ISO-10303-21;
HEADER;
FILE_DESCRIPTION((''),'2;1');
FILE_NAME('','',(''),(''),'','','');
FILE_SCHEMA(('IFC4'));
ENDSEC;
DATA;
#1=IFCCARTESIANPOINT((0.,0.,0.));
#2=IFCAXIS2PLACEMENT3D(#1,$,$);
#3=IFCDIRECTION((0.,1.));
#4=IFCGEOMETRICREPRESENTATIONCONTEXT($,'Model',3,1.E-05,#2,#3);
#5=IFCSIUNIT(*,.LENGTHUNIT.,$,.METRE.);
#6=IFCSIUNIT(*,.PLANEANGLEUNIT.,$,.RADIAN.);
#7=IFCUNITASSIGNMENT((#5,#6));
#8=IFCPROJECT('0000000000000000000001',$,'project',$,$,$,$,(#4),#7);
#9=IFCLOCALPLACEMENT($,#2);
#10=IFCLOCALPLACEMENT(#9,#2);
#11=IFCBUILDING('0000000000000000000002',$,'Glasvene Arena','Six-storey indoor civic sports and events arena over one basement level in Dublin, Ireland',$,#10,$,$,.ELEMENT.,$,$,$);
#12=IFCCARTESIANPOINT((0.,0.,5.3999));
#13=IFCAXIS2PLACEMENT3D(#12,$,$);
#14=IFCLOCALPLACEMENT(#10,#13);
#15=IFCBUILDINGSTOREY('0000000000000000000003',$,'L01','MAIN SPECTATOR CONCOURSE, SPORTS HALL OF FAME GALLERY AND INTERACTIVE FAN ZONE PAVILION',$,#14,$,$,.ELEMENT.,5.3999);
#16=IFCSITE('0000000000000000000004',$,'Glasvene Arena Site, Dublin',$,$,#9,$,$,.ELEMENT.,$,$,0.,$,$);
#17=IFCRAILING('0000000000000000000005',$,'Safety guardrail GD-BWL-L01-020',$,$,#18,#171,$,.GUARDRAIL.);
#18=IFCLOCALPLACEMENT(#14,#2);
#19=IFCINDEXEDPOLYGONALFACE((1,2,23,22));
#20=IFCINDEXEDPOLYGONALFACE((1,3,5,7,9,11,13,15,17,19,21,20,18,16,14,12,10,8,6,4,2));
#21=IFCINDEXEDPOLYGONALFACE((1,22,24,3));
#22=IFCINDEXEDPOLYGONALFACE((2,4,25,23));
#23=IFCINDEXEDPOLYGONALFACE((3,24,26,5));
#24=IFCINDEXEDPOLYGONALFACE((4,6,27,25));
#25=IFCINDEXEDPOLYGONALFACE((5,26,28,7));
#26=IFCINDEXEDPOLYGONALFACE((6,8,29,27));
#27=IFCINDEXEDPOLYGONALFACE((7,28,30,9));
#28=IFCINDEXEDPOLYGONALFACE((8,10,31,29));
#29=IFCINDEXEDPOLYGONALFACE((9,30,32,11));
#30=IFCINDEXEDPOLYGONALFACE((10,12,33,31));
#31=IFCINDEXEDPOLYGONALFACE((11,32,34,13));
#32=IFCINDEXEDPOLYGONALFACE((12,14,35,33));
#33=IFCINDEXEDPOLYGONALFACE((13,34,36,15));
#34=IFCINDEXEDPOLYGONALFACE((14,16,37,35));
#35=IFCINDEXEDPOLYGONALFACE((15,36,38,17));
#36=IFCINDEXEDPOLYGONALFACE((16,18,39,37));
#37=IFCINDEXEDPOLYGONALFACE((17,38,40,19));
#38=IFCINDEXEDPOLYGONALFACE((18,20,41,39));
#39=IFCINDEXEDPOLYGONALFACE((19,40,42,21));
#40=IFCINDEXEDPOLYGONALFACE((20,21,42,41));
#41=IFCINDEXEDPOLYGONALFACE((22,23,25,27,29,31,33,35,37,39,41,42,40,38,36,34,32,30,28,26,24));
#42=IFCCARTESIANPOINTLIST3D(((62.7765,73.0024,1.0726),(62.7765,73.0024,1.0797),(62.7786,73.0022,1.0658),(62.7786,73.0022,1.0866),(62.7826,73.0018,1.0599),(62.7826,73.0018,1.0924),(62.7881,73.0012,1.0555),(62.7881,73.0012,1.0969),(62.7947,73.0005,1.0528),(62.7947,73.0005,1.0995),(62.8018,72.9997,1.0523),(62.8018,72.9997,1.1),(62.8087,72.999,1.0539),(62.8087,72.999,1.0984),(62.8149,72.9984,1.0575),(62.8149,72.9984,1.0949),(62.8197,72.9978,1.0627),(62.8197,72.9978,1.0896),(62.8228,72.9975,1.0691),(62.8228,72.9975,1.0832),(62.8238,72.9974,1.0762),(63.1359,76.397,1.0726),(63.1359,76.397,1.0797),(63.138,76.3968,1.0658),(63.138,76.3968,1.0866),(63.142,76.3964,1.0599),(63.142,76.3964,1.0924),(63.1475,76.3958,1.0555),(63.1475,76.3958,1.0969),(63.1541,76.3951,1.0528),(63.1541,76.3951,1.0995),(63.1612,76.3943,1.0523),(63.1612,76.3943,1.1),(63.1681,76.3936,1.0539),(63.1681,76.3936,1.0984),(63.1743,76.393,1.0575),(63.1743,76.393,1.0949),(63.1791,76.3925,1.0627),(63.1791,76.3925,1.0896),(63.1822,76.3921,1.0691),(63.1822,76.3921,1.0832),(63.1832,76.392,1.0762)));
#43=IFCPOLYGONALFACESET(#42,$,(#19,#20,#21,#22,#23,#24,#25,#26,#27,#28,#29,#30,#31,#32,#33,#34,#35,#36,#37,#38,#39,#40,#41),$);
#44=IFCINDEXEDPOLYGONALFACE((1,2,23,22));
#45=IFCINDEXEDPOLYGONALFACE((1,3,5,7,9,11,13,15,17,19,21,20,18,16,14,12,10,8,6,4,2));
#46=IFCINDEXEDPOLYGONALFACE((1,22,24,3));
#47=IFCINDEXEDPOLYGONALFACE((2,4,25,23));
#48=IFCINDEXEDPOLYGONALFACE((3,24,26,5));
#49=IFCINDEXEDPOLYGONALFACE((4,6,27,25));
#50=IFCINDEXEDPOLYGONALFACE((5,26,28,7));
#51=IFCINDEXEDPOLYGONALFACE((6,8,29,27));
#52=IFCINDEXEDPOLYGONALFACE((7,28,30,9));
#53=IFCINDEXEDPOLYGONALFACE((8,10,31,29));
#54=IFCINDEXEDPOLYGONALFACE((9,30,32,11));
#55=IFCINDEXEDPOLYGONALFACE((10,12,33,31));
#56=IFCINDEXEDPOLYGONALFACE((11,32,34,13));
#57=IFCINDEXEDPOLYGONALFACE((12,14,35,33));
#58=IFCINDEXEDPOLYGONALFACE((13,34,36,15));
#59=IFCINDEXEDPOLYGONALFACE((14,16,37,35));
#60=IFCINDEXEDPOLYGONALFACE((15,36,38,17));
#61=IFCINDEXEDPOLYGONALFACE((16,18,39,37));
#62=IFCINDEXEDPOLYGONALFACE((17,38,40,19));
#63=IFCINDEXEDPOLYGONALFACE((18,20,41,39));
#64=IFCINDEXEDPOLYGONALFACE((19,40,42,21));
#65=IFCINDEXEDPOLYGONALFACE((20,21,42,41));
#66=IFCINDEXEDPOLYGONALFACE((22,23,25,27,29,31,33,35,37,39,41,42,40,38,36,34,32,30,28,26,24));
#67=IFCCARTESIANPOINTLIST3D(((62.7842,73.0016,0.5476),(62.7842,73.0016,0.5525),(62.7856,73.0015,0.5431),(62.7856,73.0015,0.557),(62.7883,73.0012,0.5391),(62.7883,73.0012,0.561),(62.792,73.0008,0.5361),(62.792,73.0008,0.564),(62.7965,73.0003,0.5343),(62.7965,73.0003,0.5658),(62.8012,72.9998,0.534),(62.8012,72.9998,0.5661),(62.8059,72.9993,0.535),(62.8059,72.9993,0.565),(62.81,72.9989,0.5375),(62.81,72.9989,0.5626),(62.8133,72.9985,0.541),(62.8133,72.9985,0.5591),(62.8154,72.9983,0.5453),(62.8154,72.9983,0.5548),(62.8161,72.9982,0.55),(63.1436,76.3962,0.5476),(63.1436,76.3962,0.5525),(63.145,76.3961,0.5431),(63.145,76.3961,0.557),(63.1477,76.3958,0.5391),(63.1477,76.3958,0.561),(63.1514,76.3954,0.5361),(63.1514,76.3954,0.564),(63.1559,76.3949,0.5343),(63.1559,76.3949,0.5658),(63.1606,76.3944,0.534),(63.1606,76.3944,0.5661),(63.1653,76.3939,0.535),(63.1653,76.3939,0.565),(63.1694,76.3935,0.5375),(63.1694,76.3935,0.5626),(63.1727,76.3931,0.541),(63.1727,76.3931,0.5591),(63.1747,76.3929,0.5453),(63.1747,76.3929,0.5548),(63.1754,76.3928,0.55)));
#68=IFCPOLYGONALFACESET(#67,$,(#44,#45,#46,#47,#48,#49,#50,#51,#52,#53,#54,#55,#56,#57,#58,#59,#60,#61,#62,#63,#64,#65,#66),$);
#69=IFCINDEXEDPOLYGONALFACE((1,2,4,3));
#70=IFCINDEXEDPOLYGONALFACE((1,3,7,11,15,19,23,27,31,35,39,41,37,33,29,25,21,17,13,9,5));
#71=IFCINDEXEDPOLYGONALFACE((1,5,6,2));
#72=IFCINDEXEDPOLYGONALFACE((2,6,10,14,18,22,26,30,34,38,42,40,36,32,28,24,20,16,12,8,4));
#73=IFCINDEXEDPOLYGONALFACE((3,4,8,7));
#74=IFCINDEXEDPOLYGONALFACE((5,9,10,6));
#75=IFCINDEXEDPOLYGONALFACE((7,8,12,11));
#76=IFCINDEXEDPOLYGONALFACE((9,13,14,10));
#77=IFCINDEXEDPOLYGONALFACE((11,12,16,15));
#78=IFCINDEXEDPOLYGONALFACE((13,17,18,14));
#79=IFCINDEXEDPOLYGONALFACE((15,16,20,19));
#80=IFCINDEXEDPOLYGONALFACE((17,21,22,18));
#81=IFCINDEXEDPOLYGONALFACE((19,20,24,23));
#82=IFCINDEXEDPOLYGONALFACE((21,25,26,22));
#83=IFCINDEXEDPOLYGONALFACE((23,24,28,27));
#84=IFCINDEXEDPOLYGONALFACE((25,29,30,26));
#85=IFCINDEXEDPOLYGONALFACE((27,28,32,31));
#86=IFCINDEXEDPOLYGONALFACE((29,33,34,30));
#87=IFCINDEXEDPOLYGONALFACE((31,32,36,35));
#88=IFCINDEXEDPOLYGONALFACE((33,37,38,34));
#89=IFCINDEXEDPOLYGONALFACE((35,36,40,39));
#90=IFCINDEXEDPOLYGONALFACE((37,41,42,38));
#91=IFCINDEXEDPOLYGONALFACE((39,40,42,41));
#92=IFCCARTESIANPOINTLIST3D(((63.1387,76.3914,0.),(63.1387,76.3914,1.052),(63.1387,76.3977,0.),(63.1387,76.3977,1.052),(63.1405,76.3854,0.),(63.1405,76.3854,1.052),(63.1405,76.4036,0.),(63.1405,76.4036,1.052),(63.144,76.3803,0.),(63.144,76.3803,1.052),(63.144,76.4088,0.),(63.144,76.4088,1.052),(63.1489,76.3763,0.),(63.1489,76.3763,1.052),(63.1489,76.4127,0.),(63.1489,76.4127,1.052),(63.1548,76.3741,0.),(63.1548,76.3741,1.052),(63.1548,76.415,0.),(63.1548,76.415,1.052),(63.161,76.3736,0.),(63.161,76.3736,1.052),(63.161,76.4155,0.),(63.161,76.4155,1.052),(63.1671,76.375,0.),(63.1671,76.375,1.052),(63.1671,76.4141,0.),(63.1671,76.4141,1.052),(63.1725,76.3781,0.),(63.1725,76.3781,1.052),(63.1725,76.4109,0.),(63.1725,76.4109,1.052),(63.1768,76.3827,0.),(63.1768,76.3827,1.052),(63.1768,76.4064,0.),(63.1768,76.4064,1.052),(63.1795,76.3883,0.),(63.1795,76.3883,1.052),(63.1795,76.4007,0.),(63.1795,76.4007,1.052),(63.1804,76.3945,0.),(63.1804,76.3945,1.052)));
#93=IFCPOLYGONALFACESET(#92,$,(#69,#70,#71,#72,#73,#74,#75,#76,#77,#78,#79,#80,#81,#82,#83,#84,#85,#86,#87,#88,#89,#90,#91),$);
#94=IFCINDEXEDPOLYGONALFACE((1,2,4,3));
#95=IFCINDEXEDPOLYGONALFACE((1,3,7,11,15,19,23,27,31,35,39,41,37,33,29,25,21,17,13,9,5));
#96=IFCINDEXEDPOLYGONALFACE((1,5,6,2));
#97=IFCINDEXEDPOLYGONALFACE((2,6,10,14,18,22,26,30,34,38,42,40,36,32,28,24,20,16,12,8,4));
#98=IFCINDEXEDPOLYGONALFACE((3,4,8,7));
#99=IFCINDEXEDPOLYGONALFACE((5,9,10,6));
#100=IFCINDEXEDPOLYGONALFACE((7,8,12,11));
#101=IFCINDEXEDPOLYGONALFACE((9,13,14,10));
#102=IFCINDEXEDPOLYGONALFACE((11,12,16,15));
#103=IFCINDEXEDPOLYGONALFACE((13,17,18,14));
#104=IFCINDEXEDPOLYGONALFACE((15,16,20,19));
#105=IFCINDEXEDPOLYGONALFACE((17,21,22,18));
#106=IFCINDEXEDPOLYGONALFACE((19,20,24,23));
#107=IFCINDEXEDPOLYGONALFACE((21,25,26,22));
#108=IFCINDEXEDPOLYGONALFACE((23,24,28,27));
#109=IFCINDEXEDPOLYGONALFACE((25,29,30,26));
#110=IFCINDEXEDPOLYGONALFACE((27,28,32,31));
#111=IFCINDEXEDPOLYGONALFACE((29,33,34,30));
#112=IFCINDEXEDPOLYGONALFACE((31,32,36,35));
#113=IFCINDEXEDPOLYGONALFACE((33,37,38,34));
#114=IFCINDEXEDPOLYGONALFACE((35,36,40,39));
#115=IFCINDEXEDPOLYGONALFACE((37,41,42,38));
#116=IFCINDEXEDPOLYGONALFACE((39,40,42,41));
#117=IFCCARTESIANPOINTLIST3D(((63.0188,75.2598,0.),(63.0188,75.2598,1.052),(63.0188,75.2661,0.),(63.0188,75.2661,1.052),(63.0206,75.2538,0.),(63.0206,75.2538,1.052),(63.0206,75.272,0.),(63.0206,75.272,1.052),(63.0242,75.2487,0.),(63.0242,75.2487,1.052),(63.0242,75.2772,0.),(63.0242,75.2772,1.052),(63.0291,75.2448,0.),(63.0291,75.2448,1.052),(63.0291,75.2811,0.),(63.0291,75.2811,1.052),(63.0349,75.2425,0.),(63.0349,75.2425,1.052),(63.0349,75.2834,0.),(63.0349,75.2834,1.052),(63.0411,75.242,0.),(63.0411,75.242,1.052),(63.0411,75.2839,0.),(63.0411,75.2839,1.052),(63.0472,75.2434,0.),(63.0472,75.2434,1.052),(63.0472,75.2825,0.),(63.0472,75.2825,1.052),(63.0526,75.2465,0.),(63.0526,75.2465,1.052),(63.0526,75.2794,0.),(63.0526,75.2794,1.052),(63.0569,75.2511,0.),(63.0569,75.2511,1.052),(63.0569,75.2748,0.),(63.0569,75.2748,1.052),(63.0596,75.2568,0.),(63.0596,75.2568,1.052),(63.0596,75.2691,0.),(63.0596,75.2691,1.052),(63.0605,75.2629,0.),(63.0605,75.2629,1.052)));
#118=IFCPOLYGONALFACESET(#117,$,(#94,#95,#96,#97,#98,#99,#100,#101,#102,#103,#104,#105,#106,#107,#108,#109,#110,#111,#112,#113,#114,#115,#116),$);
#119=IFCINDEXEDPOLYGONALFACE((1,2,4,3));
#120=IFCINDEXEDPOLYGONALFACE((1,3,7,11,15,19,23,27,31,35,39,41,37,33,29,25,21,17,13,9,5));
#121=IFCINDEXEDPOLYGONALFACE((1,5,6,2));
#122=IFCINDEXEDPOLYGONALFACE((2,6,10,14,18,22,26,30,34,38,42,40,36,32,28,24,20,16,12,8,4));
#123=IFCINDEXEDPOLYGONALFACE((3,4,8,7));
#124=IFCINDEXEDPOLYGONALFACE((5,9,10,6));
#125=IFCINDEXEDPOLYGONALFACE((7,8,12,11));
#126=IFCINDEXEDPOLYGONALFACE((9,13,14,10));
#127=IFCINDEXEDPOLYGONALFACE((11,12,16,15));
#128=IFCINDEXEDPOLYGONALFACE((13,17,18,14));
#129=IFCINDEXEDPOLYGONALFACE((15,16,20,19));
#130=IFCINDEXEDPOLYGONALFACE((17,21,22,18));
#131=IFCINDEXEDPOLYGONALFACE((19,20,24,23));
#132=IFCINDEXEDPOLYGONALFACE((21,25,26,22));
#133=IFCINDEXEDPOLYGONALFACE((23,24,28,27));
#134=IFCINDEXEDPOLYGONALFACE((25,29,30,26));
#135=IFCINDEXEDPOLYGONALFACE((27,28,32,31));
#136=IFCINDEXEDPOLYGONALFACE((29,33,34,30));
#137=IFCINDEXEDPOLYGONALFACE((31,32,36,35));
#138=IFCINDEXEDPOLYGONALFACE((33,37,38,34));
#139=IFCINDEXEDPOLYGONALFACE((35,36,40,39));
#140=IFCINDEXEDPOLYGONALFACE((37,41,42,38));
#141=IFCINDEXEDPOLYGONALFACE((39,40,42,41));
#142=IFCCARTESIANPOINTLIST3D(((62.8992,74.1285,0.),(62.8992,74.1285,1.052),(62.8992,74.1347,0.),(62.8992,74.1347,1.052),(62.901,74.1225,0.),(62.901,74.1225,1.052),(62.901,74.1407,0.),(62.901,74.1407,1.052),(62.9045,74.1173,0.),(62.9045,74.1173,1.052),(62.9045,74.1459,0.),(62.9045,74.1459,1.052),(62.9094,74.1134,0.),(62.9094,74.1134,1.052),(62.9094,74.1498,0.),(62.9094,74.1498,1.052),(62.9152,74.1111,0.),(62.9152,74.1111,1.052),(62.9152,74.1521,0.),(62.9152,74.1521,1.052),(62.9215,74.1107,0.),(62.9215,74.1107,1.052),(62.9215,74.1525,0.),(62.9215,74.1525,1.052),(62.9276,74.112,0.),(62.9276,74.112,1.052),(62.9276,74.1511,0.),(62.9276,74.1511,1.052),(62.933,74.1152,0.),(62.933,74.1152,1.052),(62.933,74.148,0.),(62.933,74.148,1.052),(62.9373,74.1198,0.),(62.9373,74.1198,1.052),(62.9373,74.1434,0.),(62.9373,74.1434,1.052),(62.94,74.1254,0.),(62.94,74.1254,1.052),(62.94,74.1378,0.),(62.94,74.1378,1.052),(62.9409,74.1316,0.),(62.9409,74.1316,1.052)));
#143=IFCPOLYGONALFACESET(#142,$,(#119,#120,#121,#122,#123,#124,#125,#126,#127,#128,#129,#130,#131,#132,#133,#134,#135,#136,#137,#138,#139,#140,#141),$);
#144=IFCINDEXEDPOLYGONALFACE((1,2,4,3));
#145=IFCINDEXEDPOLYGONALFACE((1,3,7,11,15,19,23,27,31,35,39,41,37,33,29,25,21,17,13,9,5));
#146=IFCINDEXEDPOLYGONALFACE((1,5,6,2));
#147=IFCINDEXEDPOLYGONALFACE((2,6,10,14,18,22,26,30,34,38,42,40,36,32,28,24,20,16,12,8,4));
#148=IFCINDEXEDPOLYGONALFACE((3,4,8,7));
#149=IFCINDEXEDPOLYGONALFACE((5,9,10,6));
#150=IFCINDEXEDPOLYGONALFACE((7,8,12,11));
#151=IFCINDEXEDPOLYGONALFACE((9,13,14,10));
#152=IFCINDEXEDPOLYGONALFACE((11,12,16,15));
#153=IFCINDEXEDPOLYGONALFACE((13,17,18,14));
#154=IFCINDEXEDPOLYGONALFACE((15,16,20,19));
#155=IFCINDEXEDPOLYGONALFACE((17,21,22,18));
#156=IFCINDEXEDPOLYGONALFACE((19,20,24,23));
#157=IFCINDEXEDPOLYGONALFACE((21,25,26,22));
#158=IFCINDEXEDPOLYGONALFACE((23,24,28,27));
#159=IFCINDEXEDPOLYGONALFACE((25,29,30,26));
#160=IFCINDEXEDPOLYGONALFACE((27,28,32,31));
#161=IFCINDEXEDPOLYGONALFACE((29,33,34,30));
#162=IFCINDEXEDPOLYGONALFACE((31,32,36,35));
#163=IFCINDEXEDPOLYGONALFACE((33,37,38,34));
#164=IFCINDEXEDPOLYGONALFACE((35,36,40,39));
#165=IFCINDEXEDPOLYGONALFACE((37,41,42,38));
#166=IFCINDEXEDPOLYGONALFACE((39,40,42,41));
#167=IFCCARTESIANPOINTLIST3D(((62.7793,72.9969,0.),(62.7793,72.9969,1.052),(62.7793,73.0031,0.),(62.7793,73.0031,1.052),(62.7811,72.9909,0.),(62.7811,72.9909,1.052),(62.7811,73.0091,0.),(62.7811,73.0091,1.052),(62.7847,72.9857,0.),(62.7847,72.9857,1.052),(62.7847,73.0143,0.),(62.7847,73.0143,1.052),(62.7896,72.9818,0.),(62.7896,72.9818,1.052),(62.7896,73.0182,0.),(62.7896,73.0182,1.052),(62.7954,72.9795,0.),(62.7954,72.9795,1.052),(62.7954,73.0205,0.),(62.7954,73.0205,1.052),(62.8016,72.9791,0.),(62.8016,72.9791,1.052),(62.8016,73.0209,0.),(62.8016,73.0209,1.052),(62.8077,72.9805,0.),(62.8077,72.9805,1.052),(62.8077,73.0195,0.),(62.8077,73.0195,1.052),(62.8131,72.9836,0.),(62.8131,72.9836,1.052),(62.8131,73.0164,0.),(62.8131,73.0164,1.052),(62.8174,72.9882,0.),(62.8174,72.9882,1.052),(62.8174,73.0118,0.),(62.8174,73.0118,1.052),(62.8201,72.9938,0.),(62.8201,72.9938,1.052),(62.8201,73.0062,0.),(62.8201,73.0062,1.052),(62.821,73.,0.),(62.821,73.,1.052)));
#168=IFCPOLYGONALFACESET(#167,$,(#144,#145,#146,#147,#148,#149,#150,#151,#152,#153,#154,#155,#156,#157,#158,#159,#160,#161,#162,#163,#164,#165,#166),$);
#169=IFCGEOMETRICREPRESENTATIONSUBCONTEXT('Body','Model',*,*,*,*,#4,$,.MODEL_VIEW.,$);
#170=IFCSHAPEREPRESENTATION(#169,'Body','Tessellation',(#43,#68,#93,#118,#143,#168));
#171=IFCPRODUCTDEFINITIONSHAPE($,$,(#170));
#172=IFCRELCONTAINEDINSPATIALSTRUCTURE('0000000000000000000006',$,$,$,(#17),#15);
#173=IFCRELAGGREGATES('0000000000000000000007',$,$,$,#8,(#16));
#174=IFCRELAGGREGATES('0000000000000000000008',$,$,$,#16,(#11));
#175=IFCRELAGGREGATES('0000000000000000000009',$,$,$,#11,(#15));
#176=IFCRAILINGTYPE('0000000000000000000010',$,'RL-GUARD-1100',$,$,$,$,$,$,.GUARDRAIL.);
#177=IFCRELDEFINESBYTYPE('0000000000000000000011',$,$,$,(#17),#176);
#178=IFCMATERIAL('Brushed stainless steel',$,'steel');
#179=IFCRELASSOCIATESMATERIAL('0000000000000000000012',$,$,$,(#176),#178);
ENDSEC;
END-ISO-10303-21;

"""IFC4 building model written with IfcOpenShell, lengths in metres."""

from ifc_helpers import new_model, si_unit, direction, frame, origin, origin_2d, place, context, subcontext, project, spatial, circle, extrude, material, type_object, element, save


model = new_model("IFC4")

# Units and contexts
model_context = context("Model", 3, precision=1e-05, world=origin(), true_north=direction((0.0, 1.0)))
body_context = subcontext(model_context, "Body", "Model", "MODEL_VIEW")
ifc_project = project(units=[si_unit("LENGTHUNIT", "METRE"), si_unit("PLANEANGLEUNIT", "RADIAN")], contexts=[model_context])

# Site, building, storey
site_placement = place(None, origin())
site = spatial("IfcSite", under=ifc_project, at=site_placement, Name="Glasvene Arena Site, Dublin", CompositionType="ELEMENT", RefElevation=0.0)
building_placement = place(site_placement, origin())
building = spatial("IfcBuilding", under=site, at=building_placement, Name="Glasvene Arena", Description="Six-storey indoor civic sports and events arena over one basement level in Dublin, Ireland", CompositionType="ELEMENT")
storey_placement = place(building_placement, frame((0.0, 0.0, 5.3999)))
storey = spatial("IfcBuildingStorey", under=building, at=storey_placement, Name="L01", Description="MAIN SPECTATOR CONCOURSE, SPORTS HALL OF FAME GALLERY AND INTERACTIVE FAN ZONE PAVILION", CompositionType="ELEMENT", Elevation=5.3999)

# Railing
ifc_material_1 = material(Name="Brushed stainless steel", Category="steel")
railing_type = type_object("IfcRailingType", Name="RL-GUARD-1100", PredefinedType="GUARDRAIL", material=ifc_material_1)
railing_1_placement = place(storey_placement, frame((63.1594, 76.3945, 0.0)))
element("IfcRailing", 1, at=railing_1_placement, inside=storey, type_object=railing_type, Name="Safety guardrail GD-BWL-L01-020", PredefinedType="GUARDRAIL", context=body_context, shape_type="SweptSolid", body=[
    extrude(circle(Radius=0.0239, at=origin_2d()), frame((0.0, 0.0, 1.0762), z_axis=(-0.10528, -0.994443, 0.0), x_axis=(0.994443, -0.10528, 0.0)), (0.0, 0.0, 1.0), 3.4136),
    extrude(circle(Radius=0.0161, at=origin_2d()), frame((0.0, 0.0, 0.55), z_axis=(-0.10528, -0.994443, 0.0), x_axis=(0.994443, -0.10528, 0.0)), (0.0, 0.0, 1.0), 3.4136),
    extrude(circle(Radius=0.021, at=origin_2d()), origin(), (0.0, 0.0, 1.0), 1.052),
    extrude(circle(Radius=0.021, at=origin_2d()), frame((-0.1199, -1.1316, 0.0)), (0.0, 0.0, 1.0), 1.052),
    extrude(circle(Radius=0.021, at=origin_2d()), frame((-0.2395, -2.2629, 0.0)), (0.0, 0.0, 1.0), 1.052),
    extrude(circle(Radius=0.021, at=origin_2d()), frame((-0.3594, -3.3945, 0.0)), (0.0, 0.0, 1.0), 1.052),
])

save(model, "model.ifc")
